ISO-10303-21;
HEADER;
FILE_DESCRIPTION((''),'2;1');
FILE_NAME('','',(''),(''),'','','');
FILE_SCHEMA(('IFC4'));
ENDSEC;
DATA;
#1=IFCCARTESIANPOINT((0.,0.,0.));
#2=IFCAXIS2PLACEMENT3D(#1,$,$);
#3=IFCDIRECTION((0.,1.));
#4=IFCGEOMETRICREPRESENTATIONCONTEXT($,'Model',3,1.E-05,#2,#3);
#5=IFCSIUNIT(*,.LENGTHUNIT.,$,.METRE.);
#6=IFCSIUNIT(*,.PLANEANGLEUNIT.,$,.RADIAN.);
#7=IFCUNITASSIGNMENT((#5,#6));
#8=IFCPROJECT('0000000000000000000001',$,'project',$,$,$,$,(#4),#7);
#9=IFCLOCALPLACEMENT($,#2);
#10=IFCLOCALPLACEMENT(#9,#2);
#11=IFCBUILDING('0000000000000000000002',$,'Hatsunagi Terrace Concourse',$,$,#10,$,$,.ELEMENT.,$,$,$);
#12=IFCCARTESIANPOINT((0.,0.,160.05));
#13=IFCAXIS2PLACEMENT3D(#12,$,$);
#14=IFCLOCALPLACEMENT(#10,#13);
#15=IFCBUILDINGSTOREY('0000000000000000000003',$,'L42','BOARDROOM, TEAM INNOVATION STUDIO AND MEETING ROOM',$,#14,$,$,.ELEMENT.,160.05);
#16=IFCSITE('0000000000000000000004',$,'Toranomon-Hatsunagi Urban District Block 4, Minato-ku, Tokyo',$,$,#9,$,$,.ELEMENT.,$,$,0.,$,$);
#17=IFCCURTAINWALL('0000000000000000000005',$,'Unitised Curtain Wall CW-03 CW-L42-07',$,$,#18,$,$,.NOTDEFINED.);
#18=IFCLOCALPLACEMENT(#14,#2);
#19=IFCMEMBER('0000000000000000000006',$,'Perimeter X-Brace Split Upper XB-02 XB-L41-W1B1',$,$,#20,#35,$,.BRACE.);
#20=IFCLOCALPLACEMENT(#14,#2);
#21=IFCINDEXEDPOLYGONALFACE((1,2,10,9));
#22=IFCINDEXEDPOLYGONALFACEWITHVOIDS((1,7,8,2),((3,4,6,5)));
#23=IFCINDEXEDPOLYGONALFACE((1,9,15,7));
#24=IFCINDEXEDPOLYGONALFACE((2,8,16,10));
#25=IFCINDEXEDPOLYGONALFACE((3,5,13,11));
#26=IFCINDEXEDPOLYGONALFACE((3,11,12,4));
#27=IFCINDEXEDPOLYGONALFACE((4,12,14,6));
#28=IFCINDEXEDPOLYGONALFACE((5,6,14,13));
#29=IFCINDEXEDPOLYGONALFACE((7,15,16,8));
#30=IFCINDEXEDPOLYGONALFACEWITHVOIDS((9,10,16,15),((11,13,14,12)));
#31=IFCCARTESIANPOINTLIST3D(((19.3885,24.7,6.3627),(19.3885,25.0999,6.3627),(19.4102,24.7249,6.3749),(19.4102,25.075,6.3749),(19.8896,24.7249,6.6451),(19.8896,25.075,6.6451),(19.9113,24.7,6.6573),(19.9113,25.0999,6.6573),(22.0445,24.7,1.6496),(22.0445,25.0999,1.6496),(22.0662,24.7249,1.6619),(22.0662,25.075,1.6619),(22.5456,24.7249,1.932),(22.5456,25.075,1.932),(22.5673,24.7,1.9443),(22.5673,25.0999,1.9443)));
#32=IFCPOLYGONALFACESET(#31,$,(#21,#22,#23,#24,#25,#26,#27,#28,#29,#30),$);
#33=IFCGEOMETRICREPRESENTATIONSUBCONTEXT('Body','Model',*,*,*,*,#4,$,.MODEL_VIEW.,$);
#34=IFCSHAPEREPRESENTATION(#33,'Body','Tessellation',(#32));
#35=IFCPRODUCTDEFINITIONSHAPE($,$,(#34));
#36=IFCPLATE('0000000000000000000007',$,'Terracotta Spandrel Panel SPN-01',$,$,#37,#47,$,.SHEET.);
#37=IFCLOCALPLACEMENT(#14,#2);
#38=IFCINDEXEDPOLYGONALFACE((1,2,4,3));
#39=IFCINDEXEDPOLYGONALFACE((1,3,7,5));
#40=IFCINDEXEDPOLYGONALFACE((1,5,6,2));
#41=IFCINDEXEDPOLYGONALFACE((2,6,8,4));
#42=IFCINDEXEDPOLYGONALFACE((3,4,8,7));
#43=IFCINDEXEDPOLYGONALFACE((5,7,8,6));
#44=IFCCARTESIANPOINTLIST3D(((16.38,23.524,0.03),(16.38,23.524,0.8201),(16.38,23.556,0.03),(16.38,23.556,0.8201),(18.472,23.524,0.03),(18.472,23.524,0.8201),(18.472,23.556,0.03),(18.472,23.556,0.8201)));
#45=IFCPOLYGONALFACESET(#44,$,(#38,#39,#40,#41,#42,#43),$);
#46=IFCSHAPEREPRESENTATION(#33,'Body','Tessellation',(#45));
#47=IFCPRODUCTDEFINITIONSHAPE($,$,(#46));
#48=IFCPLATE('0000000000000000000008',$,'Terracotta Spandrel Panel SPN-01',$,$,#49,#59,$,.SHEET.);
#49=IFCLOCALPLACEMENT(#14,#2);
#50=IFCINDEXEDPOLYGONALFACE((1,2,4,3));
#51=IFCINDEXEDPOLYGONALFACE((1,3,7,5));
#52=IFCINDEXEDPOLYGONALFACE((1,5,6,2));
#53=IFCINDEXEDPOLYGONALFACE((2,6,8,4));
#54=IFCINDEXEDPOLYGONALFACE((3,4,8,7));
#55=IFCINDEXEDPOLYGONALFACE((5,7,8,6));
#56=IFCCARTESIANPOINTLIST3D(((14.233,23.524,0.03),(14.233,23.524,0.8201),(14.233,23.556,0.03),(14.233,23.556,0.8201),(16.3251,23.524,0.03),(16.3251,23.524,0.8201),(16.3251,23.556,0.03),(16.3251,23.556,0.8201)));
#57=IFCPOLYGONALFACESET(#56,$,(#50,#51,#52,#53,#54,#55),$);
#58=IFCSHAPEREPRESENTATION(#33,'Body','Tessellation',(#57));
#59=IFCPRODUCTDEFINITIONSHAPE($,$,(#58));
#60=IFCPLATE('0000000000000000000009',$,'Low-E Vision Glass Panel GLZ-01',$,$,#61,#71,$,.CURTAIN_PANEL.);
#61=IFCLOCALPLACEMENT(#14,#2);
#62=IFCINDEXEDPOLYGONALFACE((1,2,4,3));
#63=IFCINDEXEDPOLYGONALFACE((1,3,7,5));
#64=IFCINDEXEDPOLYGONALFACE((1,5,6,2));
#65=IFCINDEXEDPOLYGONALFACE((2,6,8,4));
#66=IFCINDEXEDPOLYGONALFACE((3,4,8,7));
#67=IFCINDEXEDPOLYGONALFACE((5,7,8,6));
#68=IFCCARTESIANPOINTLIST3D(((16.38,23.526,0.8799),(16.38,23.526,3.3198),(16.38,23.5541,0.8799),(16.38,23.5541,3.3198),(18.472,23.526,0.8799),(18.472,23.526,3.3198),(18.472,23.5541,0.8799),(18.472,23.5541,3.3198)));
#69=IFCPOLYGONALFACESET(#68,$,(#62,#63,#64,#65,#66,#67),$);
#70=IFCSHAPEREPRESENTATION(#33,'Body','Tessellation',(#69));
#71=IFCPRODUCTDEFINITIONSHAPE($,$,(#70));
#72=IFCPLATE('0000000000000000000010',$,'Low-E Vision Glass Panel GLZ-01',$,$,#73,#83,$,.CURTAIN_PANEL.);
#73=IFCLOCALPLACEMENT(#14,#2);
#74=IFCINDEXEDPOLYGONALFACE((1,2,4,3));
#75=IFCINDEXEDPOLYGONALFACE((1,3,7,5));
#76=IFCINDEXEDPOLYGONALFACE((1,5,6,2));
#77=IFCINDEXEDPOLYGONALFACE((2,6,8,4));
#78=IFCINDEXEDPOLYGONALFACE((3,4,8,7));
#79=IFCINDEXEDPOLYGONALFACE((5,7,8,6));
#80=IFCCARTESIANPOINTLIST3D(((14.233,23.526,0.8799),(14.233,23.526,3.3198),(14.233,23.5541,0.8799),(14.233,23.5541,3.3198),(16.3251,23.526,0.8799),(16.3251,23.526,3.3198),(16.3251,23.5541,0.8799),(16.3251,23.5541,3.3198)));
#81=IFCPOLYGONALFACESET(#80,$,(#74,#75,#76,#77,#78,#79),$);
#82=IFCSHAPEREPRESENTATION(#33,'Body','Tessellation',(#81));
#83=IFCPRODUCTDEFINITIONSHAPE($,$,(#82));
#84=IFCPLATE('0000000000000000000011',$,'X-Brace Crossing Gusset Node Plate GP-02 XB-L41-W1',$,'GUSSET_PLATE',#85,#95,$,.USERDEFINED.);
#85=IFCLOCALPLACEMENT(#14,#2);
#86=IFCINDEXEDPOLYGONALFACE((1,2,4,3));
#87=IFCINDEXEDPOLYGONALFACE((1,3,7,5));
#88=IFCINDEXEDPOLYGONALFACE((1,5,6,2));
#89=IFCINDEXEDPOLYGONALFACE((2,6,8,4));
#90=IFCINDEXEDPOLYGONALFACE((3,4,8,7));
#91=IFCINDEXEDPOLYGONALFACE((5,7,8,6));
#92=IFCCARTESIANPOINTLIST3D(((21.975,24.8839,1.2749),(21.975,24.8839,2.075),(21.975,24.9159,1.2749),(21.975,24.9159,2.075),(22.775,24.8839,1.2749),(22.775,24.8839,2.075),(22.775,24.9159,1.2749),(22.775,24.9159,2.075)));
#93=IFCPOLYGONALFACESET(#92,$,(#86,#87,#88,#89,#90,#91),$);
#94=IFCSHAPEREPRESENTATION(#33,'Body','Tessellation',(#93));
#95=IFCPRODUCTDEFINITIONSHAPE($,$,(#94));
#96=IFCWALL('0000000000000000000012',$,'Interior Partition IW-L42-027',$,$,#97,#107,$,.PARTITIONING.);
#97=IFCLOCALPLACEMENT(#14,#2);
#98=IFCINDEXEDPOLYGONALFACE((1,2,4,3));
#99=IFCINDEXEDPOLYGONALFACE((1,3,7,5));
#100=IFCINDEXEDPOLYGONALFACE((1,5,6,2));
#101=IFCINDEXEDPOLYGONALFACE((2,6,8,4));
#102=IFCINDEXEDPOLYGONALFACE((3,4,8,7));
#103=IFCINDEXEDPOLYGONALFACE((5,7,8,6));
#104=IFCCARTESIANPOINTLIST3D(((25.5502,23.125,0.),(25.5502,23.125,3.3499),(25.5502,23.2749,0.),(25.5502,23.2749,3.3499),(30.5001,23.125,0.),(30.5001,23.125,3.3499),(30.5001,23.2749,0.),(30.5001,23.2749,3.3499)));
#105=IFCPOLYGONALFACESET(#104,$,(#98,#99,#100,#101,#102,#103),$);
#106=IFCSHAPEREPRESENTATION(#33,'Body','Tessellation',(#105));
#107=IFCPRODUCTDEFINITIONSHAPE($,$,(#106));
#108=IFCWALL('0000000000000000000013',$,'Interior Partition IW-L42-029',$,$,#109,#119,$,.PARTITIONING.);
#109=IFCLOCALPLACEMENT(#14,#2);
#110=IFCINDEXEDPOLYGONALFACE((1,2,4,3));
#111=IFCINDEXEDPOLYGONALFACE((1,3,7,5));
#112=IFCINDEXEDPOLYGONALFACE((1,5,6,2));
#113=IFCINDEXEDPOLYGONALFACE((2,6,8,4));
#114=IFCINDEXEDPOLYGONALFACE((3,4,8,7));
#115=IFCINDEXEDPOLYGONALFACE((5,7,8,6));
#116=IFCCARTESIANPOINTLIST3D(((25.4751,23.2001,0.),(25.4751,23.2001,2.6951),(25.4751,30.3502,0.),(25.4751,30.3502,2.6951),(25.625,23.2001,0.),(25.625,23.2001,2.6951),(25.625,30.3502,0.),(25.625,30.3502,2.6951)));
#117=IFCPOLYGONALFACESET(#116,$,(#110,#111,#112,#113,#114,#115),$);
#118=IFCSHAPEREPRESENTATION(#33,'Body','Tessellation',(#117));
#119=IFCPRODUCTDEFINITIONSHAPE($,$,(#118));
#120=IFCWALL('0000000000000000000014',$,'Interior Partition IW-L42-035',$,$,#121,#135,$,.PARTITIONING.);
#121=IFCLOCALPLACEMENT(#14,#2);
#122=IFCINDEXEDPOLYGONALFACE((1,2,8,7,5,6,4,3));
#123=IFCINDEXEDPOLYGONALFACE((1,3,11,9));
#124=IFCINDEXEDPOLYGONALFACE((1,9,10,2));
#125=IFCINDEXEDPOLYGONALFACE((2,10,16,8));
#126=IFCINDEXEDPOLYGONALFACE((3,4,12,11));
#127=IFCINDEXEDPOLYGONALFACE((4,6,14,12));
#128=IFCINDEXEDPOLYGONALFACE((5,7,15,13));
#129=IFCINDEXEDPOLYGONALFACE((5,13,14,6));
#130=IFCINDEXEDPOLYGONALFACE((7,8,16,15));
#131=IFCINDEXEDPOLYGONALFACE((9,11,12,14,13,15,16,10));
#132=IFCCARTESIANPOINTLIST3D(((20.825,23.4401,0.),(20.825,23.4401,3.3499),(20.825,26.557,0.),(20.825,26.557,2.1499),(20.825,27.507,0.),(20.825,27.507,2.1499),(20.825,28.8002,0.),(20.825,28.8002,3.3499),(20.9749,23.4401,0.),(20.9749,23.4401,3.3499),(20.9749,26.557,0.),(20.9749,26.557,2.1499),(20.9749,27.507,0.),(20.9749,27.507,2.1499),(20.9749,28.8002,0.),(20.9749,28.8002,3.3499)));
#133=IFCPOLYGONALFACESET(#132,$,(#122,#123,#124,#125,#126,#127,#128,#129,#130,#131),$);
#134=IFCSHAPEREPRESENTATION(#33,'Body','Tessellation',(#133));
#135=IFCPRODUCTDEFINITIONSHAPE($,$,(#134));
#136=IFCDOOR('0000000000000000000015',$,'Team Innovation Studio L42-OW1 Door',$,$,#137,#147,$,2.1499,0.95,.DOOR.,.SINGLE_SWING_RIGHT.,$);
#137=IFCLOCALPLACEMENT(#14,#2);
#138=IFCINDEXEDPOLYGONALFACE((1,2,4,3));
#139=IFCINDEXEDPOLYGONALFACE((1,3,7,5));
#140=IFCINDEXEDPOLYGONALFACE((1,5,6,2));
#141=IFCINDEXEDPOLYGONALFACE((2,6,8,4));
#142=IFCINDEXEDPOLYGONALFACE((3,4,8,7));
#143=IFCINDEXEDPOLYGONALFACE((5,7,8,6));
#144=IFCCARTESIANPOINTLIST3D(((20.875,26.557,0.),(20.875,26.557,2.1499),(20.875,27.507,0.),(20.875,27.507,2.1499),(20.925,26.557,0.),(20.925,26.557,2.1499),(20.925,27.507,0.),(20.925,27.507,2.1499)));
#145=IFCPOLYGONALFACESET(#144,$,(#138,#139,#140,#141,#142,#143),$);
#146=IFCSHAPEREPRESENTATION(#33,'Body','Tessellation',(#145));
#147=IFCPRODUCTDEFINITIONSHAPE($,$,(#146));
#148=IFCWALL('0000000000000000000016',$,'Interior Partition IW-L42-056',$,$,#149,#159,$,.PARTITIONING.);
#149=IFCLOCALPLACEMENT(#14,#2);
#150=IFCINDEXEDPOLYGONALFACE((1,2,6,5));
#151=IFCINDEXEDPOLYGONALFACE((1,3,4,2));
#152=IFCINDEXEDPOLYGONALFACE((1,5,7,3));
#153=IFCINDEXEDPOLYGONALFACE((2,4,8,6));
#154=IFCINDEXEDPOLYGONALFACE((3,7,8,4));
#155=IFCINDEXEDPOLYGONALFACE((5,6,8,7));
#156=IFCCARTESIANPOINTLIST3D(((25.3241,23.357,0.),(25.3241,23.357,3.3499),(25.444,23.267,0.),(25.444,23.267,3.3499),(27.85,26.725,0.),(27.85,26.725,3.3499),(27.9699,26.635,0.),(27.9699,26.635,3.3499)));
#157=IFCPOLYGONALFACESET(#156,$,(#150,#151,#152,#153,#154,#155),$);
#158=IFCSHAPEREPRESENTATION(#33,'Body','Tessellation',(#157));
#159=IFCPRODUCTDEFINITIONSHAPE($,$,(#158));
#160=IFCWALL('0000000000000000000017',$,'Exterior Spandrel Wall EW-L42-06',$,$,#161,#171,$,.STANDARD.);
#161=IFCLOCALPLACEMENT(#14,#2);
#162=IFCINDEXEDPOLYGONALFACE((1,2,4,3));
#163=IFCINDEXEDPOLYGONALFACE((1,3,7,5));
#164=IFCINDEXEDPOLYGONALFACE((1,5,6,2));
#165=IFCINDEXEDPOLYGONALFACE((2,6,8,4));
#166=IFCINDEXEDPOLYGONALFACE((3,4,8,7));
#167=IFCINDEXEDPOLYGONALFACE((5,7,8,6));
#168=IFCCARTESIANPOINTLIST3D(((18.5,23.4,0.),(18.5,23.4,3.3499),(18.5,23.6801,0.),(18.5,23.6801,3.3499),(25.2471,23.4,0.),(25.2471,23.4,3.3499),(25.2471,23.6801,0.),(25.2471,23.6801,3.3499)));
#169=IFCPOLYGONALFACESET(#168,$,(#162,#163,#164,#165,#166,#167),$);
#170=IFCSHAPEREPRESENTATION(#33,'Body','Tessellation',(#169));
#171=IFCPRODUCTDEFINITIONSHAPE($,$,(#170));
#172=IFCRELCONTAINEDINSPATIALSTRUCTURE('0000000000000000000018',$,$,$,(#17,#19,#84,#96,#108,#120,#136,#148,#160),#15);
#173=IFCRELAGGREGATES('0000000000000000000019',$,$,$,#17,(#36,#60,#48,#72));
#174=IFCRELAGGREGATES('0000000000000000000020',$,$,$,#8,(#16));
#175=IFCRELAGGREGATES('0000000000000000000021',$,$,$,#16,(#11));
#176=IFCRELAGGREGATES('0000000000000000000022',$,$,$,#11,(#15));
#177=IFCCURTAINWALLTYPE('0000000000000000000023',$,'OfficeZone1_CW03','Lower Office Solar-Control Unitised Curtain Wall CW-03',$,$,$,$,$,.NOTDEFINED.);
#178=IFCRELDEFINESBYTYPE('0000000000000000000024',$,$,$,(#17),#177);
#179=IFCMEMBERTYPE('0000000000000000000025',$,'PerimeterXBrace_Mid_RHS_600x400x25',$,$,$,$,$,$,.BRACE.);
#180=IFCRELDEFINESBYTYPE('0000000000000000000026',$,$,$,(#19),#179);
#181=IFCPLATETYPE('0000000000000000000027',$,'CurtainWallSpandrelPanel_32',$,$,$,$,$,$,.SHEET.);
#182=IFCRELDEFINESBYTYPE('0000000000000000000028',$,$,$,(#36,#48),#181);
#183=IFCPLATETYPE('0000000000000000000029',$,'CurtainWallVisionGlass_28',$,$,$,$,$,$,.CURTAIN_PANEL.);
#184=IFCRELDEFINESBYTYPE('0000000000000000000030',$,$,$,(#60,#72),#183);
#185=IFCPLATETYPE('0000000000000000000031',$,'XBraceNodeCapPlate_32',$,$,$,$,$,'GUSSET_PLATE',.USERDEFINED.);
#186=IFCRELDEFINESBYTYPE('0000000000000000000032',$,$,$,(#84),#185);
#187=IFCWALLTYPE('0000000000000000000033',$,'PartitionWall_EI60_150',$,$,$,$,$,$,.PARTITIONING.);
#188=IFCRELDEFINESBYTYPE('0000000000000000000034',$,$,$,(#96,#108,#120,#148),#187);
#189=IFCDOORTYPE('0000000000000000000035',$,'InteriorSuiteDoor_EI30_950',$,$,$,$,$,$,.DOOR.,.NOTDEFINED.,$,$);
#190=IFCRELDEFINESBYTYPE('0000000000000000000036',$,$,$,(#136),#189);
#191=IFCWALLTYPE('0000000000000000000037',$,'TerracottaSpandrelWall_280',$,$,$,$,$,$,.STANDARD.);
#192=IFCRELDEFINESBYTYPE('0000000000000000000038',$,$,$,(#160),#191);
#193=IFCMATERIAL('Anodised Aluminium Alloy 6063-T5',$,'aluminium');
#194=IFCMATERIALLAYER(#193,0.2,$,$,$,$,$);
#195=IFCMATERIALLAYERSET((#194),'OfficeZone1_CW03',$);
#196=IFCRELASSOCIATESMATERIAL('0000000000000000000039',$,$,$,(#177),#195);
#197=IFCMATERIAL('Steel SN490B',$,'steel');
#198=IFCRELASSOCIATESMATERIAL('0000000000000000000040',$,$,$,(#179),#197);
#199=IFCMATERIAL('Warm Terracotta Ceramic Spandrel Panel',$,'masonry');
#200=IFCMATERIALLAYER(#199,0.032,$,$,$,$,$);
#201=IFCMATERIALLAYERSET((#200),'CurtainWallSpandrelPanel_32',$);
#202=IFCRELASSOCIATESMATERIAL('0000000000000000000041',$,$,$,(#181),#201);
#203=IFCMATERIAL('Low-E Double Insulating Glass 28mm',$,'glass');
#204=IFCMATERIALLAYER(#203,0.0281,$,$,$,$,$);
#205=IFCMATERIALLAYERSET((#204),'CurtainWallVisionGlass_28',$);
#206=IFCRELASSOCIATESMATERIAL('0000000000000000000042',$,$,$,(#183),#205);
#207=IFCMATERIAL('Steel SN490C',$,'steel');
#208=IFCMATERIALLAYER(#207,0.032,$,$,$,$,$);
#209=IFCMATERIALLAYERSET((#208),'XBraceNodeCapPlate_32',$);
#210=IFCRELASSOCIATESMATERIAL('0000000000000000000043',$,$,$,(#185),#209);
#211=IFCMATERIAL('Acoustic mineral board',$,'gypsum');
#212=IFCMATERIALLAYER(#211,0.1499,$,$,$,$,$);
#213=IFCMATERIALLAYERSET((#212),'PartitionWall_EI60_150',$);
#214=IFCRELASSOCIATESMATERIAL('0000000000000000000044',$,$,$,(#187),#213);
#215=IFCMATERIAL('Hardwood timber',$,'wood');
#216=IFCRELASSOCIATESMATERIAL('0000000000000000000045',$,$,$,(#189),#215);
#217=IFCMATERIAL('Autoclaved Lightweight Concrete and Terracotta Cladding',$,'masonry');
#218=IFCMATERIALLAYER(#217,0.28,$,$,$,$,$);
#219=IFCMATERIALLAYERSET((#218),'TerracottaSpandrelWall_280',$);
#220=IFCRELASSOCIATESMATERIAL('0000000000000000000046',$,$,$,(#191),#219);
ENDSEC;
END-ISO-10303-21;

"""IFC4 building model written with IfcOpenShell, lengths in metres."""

from ifc_helpers import new_model, si_unit, direction, frame, frame_2d, origin, origin_2d, place, context, subcontext, project, spatial, rectangle, hollow_rectangle, extrude, material, layer, layer_set, material_profile, profile_set, type_object, element, fill, aggregate, save


model = new_model("IFC4")

# Units and contexts
model_context = context("Model", 3, precision=1e-05, world=origin(), true_north=direction((0.0, 1.0)))
body_context = subcontext(model_context, "Body", "Model", "MODEL_VIEW")
ifc_project = project(units=[si_unit("LENGTHUNIT", "METRE"), si_unit("PLANEANGLEUNIT", "RADIAN")], contexts=[model_context])

# Site, building, storey
site_placement = place(None, origin())
site = spatial("IfcSite", under=ifc_project, at=site_placement, Name="Toranomon-Hatsunagi Urban District Block 4, Minato-ku, Tokyo", CompositionType="ELEMENT", RefElevation=0.0)
building_placement = place(site_placement, origin())
building = spatial("IfcBuilding", under=site, at=building_placement, Name="Hatsunagi Terrace Concourse", CompositionType="ELEMENT")
storey_placement = place(building_placement, frame((0.0, 0.0, 160.05)))
storey = spatial("IfcBuildingStorey", under=building, at=storey_placement, Name="L42", Description="BOARDROOM, TEAM INNOVATION STUDIO AND MEETING ROOM", CompositionType="ELEMENT", Elevation=160.05)

# Curtain wall
ifc_material_1 = material(Name="Anodised Aluminium Alloy 6063-T5", Category="aluminium")
ifc_layer_1 = layer(ifc_material_1, 0.2)
ifc_layer_set_1 = layer_set([ifc_layer_1], Name="OfficeZone1_CW03")
curtain_wall_type = type_object("IfcCurtainWallType", Name="OfficeZone1_CW03", Description="Lower Office Solar-Control Unitised Curtain Wall CW-03", PredefinedType="NOTDEFINED", material=ifc_layer_set_1)
curtain_wall_placement = place(storey_placement, origin())
curtain_wall = element("IfcCurtainWall", 1, at=curtain_wall_placement, inside=storey, type_object=curtain_wall_type, Name="Unitised Curtain Wall CW-03 CW-L42-07", PredefinedType="NOTDEFINED")

# Member
ifc_material_2 = material(Name="Steel SN490B", Category="steel")
ifc_material_profile_1 = material_profile(ifc_material_2, hollow_rectangle(XDim=0.3999, YDim=0.6001, WallThickness=0.0249, at=origin_2d()), Name="RHS-600x400x25")
ifc_profile_set_1 = profile_set([ifc_material_profile_1], Name="Steel SN490B")
member_type_1 = type_object("IfcMemberType", Name="PerimeterXBrace_Mid_RHS_600x400x25", PredefinedType="BRACE", material=ifc_profile_set_1)
member_1_placement = place(storey_placement, frame((19.6499, 24.8999, 6.51), z_axis=(0.490945, 0.0, -0.871191), x_axis=(0.0, 1.0, 0.0)))
element("IfcMember", 2, at=member_1_placement, inside=storey, type_object=member_type_1, Name="Perimeter X-Brace Split Upper XB-02 XB-L41-W1B1", PredefinedType="BRACE", context=body_context, shape_type="SweptSolid", body=[
    extrude(hollow_rectangle(XDim=0.3999, YDim=0.6001, WallThickness=0.0249, at=origin_2d()), origin(), (0.0, 0.0, 1.0), 5.4099),
])

# Plates
ifc_material_3 = material(Name="Warm Terracotta Ceramic Spandrel Panel", Category="masonry")
ifc_layer_2 = layer(ifc_material_3, 0.032)
ifc_layer_set_2 = layer_set([ifc_layer_2], Name="CurtainWallSpandrelPanel_32")
plate_type_1 = type_object("IfcPlateType", Name="CurtainWallSpandrelPanel_32", PredefinedType="SHEET", material=ifc_layer_set_2)
plate_1_placement = place(storey_placement, frame((17.426, 23.54, 0.03), z_axis=(0.0, 0.0, 1.0), x_axis=(-1.0, 0.0, 0.0)))
plate_1 = element("IfcPlate", 3, at=plate_1_placement, type_object=plate_type_1, Name="Terracotta Spandrel Panel SPN-01", PredefinedType="SHEET", context=body_context, shape_type="SweptSolid", body=[
    extrude(rectangle(XDim=2.092, YDim=0.032, at=origin_2d()), origin(), (0.0, 0.0, 1.0), 0.79),
])
plate_2_placement = place(storey_placement, frame((15.2791, 23.54, 0.03), z_axis=(0.0, 0.0, 1.0), x_axis=(-1.0, 0.0, 0.0)))
plate_2 = element("IfcPlate", 4, at=plate_2_placement, type_object=plate_type_1, Name="Terracotta Spandrel Panel SPN-01", PredefinedType="SHEET", context=body_context, shape_type="SweptSolid", body=[
    extrude(rectangle(XDim=2.092, YDim=0.032, at=origin_2d()), origin(), (0.0, 0.0, 1.0), 0.79),
])
ifc_material_4 = material(Name="Low-E Double Insulating Glass 28mm", Category="glass")
ifc_layer_3 = layer(ifc_material_4, 0.0281)
ifc_layer_set_3 = layer_set([ifc_layer_3], Name="CurtainWallVisionGlass_28")
plate_type_2 = type_object("IfcPlateType", Name="CurtainWallVisionGlass_28", PredefinedType="CURTAIN_PANEL", material=ifc_layer_set_3)
plate_3_placement = place(storey_placement, frame((17.426, 23.54, 0.8799), z_axis=(0.0, 0.0, 1.0), x_axis=(-1.0, 0.0, 0.0)))
plate_3 = element("IfcPlate", 5, at=plate_3_placement, type_object=plate_type_2, Name="Low-E Vision Glass Panel GLZ-01", PredefinedType="CURTAIN_PANEL", context=body_context, shape_type="SweptSolid", body=[
    extrude(rectangle(XDim=2.092, YDim=0.0281, at=origin_2d()), origin(), (0.0, 0.0, 1.0), 2.4399),
])
plate_4_placement = place(storey_placement, frame((15.2791, 23.54, 0.8799), z_axis=(0.0, 0.0, 1.0), x_axis=(-1.0, 0.0, 0.0)))
plate_4 = element("IfcPlate", 6, at=plate_4_placement, type_object=plate_type_2, Name="Low-E Vision Glass Panel GLZ-01", PredefinedType="CURTAIN_PANEL", context=body_context, shape_type="SweptSolid", body=[
    extrude(rectangle(XDim=2.092, YDim=0.0281, at=origin_2d()), origin(), (0.0, 0.0, 1.0), 2.4399),
])
aggregate(curtain_wall, [plate_1, plate_3, plate_2, plate_4])
ifc_material_5 = material(Name="Steel SN490C", Category="steel")
ifc_layer_4 = layer(ifc_material_5, 0.032)
ifc_layer_set_4 = layer_set([ifc_layer_4], Name="XBraceNodeCapPlate_32")
plate_type_3 = type_object("IfcPlateType", Name="XBraceNodeCapPlate_32", ElementType="GUSSET_PLATE", PredefinedType="USERDEFINED", material=ifc_layer_set_4)
plate_5_placement = place(storey_placement, frame((22.375, 24.8999, 1.2749), z_axis=(0.0, 0.0, 1.0), x_axis=(1.0, 0.0, 0.0)))
element("IfcPlate", 7, at=plate_5_placement, inside=storey, type_object=plate_type_3, Name="X-Brace Crossing Gusset Node Plate GP-02 XB-L41-W1", ObjectType="GUSSET_PLATE", PredefinedType="USERDEFINED", context=body_context, shape_type="SweptSolid", body=[
    extrude(rectangle(XDim=0.8, YDim=0.032, at=origin_2d()), origin(), (0.0, 0.0, 1.0), 0.8),
])

# Walls
ifc_material_6 = material(Name="Acoustic mineral board", Category="gypsum")
ifc_layer_5 = layer(ifc_material_6, 0.1499)
ifc_layer_set_5 = layer_set([ifc_layer_5], Name="PartitionWall_EI60_150")
wall_type_1 = type_object("IfcWallType", Name="PartitionWall_EI60_150", PredefinedType="PARTITIONING", material=ifc_layer_set_5)
wall_1_placement = place(storey_placement, frame((25.55, 23.2, 0.0), z_axis=(0.0, 0.0, 1.0), x_axis=(1.0, 0.0, 0.0)))
element("IfcWall", 8, at=wall_1_placement, inside=storey, type_object=wall_type_1, Name="Interior Partition IW-L42-027", PredefinedType="PARTITIONING", context=body_context, shape_type="SweptSolid", body=[
    extrude(rectangle(XDim=4.95, YDim=0.1499, at=frame_2d((2.4751, 0.0))), origin(), (0.0, 0.0, 1.0), 3.3499),
])
wall_2_placement = place(storey_placement, frame((25.55, 23.2, 0.0), z_axis=(0.0, 0.0, 1.0), x_axis=(0.0, 1.0, 0.0)))
element("IfcWall", 9, at=wall_2_placement, inside=storey, type_object=wall_type_1, Name="Interior Partition IW-L42-029", PredefinedType="PARTITIONING", context=body_context, shape_type="SweptSolid", body=[
    extrude(rectangle(XDim=7.1501, YDim=0.1499, at=frame_2d((3.5752, 0.0))), origin(), (0.0, 0.0, 1.0), 2.6951),
])

# Wall, opening, door
wall_3_placement = place(storey_placement, frame((20.8999, 23.4399, 0.0), z_axis=(0.0, 0.0, 1.0), x_axis=(0.0, 1.0, 0.0)))
wall_3 = element("IfcWall", 10, at=wall_3_placement, inside=storey, type_object=wall_type_1, Name="Interior Partition IW-L42-035", PredefinedType="PARTITIONING", context=body_context, shape_type="SweptSolid", body=[
    extrude(rectangle(XDim=5.3601, YDim=0.1499, at=frame_2d((2.6802, 0.0))), origin(), (0.0, 0.0, 1.0), 3.3499),
])
opening_placement = place(wall_3_placement, frame((3.1169, 0.0, 0.0)))
opening = element("IfcOpeningElement", 11, at=opening_placement, cuts=wall_3, PredefinedType="OPENING", context=body_context, shape_type="SweptSolid", body=[
    extrude(rectangle(XDim=0.95, YDim=2.1499, at=frame_2d((0.4751, 1.075))), frame((0.0, 0.085, 0.0), z_axis=(0.0, -1.0, 0.0), x_axis=(1.0, 0.0, 0.0)), (0.0, 0.0, 1.0), 0.1699),
])
ifc_material_7 = material(Name="Hardwood timber", Category="wood")
door_type = type_object("IfcDoorType", Name="InteriorSuiteDoor_EI30_950", OperationType="NOTDEFINED", PredefinedType="DOOR", material=ifc_material_7)
door_placement = place(opening_placement, origin())
door = element("IfcDoor", 12, at=door_placement, inside=storey, type_object=door_type, Name="Team Innovation Studio L42-OW1 Door", OperationType="SINGLE_SWING_RIGHT", OverallHeight=2.1499, OverallWidth=0.95, PredefinedType="DOOR", context=body_context, shape_type="SweptSolid", body=[
    extrude(rectangle(XDim=0.95, YDim=2.1499, at=frame_2d((0.4751, 1.075))), frame((0.0, 0.0249, 0.0), z_axis=(0.0, -1.0, 0.0), x_axis=(1.0, 0.0, 0.0)), (0.0, 0.0, 1.0), 0.05),
])
fill(opening, door)

# Walls
wall_4_placement = place(storey_placement, frame((25.384, 23.312, 0.0), z_axis=(0.0, 0.0, 1.0), x_axis=(0.599991, 0.800007, 0.0)))
element("IfcWall", 13, at=wall_4_placement, inside=storey, type_object=wall_type_1, Name="Interior Partition IW-L42-056", PredefinedType="PARTITIONING", context=body_context, shape_type="SweptSolid", body=[
    extrude(rectangle(XDim=4.21, YDim=0.1499, at=frame_2d((2.105, 0.0))), origin(), (0.0, 0.0, 1.0), 3.3499),
])
ifc_material_8 = material(Name="Autoclaved Lightweight Concrete and Terracotta Cladding", Category="masonry")
ifc_layer_6 = layer(ifc_material_8, 0.28)
ifc_layer_set_6 = layer_set([ifc_layer_6], Name="TerracottaSpandrelWall_280")
wall_type_2 = type_object("IfcWallType", Name="TerracottaSpandrelWall_280", PredefinedType="STANDARD", material=ifc_layer_set_6)
wall_5_placement = place(storey_placement, frame((25.2471, 23.54, 0.0), z_axis=(0.0, 0.0, 1.0), x_axis=(-1.0, 0.0, 0.0)))
element("IfcWall", 14, at=wall_5_placement, inside=storey, type_object=wall_type_2, Name="Exterior Spandrel Wall EW-L42-06", PredefinedType="STANDARD", context=body_context, shape_type="SweptSolid", body=[
    extrude(rectangle(XDim=6.7471, YDim=0.28, at=frame_2d((3.3735, 0.0))), origin(), (0.0, 0.0, 1.0), 3.3499),
])

save(model, "model.ifc")
